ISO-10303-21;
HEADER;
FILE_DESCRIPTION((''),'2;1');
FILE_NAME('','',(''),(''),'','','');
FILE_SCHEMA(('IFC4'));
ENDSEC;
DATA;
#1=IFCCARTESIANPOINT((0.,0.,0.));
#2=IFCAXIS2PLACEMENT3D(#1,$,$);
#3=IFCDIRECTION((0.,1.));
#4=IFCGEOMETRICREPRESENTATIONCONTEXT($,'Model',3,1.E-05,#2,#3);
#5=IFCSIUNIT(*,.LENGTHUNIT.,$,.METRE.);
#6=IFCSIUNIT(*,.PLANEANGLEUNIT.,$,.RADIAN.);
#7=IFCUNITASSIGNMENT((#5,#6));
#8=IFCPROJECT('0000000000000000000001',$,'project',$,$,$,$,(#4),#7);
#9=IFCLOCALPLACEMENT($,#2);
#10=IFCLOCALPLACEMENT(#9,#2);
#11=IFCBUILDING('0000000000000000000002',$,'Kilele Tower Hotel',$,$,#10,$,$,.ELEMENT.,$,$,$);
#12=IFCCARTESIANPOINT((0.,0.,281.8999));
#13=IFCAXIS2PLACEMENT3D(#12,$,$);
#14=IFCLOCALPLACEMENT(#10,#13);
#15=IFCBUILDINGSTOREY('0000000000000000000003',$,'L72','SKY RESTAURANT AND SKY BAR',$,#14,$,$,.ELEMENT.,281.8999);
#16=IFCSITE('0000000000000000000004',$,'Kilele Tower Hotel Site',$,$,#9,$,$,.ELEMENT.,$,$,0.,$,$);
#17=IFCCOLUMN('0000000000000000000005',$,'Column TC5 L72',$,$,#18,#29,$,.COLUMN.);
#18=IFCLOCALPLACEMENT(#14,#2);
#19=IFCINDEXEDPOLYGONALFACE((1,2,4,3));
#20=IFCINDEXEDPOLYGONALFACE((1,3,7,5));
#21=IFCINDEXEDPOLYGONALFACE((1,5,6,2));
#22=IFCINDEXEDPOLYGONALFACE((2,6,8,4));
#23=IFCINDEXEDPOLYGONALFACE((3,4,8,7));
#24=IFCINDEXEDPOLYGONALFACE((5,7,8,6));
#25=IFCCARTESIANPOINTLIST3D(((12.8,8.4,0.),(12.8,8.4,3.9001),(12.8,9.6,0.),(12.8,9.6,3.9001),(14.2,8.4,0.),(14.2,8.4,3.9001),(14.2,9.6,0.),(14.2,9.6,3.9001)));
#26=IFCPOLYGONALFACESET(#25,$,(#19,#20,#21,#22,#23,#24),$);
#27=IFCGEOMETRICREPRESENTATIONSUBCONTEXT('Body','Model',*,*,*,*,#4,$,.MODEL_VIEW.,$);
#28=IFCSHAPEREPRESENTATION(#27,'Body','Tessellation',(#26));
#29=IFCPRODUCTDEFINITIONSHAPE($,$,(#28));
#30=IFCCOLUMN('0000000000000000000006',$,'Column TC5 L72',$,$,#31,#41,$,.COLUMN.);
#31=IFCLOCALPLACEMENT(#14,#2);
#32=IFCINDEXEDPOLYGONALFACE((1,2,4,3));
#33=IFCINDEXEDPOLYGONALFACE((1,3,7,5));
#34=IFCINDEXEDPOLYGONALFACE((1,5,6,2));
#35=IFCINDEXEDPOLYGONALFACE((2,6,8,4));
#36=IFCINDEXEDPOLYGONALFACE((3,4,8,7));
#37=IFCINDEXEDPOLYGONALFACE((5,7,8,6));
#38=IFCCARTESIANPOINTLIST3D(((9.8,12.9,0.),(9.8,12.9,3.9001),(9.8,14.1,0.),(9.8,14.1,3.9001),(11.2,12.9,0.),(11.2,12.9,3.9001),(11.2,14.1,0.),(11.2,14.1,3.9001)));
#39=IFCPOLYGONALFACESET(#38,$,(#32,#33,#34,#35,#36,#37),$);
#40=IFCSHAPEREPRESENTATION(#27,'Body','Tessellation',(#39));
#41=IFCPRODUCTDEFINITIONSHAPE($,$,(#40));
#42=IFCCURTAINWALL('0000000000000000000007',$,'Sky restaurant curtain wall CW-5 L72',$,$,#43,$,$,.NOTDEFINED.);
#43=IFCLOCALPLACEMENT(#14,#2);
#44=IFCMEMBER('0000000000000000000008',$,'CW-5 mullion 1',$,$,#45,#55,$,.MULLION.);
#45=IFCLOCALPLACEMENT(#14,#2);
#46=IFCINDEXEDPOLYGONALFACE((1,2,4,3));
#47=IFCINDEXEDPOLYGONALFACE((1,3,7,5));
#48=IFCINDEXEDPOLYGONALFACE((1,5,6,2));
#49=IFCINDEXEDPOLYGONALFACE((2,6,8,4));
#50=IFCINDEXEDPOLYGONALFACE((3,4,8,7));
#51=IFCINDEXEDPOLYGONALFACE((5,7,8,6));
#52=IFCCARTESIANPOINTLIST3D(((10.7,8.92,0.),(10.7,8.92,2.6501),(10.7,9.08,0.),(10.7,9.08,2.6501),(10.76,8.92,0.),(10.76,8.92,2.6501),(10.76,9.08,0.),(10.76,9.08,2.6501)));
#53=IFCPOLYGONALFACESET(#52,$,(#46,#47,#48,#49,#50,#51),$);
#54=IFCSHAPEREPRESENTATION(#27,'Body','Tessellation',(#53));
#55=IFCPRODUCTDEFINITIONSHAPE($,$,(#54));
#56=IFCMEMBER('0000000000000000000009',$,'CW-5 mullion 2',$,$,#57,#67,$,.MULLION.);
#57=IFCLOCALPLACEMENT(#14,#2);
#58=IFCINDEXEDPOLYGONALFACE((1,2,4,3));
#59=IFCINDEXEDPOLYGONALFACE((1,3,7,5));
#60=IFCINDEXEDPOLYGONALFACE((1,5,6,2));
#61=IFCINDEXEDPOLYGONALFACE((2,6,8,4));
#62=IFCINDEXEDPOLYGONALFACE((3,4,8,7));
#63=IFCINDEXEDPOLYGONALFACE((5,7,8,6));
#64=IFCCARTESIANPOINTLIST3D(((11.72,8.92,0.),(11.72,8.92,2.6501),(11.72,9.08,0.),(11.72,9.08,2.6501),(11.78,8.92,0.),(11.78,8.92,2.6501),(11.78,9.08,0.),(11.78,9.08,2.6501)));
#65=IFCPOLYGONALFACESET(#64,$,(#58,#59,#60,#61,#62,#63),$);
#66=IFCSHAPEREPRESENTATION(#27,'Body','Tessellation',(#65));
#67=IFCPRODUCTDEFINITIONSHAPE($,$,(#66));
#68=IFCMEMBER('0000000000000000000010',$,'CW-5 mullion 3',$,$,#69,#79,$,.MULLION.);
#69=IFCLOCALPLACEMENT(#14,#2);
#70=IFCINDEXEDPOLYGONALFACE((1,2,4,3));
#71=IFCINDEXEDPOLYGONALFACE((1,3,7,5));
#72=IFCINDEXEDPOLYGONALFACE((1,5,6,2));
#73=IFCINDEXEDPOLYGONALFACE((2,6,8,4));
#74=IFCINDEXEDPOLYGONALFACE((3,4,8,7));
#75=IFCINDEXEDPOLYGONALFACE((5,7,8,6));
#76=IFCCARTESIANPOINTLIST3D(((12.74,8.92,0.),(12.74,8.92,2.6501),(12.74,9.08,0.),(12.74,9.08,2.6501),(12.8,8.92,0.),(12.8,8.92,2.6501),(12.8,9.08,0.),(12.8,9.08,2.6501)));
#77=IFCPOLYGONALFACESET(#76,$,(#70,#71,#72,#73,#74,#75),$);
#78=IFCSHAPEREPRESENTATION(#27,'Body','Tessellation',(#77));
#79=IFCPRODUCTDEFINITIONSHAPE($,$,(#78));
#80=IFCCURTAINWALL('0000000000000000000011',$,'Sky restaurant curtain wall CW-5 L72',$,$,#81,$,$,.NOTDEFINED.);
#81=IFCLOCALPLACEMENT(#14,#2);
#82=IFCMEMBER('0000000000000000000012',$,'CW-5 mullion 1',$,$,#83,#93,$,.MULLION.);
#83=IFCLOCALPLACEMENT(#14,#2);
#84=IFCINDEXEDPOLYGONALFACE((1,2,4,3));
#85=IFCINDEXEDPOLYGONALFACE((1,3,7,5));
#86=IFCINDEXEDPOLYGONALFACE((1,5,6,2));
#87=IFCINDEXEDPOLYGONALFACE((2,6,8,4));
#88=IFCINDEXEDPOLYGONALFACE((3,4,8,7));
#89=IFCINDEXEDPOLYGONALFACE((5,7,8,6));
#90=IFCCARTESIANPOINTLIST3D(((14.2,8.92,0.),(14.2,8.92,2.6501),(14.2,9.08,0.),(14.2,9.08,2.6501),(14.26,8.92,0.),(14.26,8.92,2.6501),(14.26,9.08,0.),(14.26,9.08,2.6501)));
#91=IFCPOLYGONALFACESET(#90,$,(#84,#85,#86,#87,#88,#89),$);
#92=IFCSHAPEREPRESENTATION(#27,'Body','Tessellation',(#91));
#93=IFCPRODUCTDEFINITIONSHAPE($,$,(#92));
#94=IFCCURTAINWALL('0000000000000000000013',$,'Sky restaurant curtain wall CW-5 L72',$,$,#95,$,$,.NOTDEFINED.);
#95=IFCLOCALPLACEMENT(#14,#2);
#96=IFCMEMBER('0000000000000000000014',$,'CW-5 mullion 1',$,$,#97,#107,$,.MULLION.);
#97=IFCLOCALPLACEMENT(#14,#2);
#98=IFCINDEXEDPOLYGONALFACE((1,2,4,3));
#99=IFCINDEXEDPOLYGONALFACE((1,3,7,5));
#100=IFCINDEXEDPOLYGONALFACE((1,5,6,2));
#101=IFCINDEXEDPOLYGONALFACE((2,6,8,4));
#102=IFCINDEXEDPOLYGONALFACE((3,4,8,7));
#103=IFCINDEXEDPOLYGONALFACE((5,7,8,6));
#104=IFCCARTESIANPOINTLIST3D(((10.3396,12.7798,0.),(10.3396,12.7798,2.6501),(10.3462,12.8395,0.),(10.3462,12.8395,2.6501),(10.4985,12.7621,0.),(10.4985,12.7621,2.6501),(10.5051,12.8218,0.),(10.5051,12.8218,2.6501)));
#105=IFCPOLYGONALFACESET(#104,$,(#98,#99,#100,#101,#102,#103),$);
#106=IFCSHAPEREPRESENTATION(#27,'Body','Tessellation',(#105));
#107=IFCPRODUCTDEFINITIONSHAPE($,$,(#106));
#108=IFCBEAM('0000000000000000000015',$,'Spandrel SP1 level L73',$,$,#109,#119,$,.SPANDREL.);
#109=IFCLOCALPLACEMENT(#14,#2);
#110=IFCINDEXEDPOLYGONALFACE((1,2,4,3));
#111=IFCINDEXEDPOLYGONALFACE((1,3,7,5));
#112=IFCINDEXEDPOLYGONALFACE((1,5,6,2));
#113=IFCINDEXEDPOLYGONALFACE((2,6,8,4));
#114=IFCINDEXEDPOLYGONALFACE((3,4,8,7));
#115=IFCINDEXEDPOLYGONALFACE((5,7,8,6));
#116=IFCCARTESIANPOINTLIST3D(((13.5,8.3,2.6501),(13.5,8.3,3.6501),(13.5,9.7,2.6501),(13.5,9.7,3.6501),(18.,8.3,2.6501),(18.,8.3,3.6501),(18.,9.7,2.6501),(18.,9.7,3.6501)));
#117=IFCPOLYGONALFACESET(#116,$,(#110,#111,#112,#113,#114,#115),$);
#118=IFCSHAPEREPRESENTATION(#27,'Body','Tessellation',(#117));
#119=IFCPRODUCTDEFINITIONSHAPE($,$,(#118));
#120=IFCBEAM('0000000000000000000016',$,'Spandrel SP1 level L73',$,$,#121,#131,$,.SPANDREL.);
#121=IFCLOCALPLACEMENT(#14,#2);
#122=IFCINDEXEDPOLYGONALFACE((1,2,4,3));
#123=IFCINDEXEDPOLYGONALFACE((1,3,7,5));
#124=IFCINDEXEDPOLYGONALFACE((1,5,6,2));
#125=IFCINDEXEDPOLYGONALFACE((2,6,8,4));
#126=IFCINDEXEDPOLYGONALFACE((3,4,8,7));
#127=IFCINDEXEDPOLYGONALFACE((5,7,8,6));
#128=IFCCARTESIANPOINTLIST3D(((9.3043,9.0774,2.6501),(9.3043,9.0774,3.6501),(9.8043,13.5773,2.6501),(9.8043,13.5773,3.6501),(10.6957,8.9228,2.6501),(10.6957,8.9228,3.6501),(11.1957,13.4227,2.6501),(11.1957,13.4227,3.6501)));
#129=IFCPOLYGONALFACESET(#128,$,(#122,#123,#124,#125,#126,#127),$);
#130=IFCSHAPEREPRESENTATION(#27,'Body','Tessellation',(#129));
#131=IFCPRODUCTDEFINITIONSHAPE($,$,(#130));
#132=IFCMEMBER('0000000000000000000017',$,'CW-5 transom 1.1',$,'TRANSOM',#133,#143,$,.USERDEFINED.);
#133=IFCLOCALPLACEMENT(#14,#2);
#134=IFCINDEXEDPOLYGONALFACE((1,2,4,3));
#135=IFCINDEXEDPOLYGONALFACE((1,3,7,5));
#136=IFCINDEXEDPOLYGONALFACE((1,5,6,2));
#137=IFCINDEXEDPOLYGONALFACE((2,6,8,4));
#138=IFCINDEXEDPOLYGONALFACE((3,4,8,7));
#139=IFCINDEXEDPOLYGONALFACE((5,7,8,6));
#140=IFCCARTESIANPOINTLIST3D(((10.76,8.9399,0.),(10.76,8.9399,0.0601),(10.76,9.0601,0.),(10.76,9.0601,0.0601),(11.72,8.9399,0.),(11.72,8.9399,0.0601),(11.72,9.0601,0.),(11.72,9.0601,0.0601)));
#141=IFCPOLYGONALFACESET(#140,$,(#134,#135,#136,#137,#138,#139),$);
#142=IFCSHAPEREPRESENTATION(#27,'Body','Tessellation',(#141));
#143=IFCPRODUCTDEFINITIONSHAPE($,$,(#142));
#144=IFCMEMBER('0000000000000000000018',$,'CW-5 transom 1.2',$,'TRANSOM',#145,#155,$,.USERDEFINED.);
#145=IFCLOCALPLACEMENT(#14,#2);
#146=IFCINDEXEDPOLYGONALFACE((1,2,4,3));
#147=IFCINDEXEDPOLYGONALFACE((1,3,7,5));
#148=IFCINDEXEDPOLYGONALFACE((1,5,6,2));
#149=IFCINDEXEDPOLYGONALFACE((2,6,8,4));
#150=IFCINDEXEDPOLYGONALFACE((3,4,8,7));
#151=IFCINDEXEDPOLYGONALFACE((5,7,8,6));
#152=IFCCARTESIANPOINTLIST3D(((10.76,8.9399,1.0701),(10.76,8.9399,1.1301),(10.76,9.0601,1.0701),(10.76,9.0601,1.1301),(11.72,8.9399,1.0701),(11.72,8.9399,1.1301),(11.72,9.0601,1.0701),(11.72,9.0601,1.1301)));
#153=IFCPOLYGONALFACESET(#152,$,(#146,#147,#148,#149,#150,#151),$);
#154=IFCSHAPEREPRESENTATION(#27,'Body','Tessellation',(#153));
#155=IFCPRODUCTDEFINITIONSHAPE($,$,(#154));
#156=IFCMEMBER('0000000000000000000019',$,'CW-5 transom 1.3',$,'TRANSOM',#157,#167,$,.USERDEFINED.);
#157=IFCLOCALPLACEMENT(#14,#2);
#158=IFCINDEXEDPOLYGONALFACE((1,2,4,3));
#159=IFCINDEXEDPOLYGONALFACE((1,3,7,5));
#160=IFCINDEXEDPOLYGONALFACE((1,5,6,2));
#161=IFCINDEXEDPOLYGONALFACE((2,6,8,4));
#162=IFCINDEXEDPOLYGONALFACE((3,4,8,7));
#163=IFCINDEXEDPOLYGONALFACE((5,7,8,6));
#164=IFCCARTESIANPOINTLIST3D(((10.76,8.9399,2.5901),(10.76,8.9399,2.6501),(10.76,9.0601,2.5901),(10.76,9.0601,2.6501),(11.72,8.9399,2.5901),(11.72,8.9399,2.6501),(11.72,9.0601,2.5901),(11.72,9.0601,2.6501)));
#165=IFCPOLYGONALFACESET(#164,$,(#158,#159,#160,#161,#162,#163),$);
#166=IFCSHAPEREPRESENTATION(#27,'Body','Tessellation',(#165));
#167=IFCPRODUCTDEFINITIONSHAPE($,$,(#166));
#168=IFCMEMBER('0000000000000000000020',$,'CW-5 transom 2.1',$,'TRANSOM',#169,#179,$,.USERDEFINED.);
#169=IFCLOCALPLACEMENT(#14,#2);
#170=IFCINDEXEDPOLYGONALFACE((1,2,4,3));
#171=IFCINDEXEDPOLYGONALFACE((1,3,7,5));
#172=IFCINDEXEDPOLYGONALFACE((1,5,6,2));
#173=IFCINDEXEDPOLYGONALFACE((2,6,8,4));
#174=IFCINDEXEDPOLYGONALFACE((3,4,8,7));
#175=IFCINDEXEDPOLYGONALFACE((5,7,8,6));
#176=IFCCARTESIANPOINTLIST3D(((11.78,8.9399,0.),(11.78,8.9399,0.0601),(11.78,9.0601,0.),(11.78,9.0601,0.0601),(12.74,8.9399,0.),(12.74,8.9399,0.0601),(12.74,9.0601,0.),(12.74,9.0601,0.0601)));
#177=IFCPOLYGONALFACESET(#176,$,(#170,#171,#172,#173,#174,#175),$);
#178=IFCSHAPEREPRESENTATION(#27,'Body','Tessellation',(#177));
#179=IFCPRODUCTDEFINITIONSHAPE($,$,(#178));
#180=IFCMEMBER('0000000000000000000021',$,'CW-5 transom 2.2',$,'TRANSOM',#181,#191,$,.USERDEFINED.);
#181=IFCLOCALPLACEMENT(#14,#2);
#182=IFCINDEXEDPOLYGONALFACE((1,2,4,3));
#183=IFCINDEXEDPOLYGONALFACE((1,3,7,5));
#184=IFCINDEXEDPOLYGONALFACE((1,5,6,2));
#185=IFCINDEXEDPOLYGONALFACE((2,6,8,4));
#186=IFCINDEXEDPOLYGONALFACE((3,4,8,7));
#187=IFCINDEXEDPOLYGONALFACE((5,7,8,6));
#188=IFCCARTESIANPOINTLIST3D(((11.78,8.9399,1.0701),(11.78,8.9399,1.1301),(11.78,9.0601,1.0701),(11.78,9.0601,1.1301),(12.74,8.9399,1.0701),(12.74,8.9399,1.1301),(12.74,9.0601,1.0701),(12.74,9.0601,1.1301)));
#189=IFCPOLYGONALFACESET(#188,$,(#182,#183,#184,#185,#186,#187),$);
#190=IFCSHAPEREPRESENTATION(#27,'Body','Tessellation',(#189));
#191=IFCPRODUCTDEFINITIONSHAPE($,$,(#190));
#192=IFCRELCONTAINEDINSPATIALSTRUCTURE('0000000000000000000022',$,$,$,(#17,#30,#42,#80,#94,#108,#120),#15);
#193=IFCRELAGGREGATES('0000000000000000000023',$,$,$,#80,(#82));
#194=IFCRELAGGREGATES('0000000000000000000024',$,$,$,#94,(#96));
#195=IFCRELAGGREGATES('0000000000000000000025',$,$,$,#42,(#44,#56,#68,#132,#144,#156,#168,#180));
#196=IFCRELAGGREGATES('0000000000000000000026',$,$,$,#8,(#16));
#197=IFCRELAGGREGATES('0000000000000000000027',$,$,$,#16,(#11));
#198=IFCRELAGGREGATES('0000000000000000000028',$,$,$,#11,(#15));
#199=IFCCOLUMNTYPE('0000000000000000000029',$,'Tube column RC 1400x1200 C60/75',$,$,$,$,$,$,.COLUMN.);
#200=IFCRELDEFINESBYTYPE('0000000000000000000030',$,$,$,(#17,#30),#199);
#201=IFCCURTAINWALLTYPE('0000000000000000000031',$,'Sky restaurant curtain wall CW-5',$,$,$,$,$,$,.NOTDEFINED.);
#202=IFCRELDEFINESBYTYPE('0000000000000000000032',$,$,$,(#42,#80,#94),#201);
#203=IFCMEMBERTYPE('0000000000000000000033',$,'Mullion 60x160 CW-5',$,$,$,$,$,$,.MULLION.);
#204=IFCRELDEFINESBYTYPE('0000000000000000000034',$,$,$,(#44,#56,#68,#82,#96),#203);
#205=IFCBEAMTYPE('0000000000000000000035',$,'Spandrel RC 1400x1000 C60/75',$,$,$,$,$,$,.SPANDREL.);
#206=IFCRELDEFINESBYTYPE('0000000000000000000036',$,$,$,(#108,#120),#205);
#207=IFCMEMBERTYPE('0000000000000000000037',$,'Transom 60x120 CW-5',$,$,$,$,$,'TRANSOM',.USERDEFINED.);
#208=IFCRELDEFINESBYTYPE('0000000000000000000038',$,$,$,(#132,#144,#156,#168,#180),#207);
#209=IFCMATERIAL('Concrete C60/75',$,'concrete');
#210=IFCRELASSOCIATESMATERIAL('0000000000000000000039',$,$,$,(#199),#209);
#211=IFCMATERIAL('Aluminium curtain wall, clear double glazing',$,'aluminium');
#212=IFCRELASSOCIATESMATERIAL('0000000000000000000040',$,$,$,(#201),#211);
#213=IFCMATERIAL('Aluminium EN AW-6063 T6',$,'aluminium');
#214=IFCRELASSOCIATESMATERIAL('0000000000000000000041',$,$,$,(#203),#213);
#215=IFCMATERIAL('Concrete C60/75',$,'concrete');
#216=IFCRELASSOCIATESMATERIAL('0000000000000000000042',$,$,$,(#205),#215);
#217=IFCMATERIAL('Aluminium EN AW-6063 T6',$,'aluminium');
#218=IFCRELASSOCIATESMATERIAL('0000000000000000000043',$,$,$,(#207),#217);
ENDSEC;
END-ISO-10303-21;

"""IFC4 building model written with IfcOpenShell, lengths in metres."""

from ifc_helpers import new_model, si_unit, direction, frame, origin, origin_2d, place, context, subcontext, project, spatial, rectangle, extrude, material, material_profile, profile_set, type_object, element, aggregate, save


model = new_model("IFC4")

# Units and contexts
model_context = context("Model", 3, precision=1e-05, world=origin(), true_north=direction((0.0, 1.0)))
body_context = subcontext(model_context, "Body", "Model", "MODEL_VIEW")
ifc_project = project(units=[si_unit("LENGTHUNIT", "METRE"), si_unit("PLANEANGLEUNIT", "RADIAN")], contexts=[model_context])

# Site, building, storey
site_placement = place(None, origin())
site = spatial("IfcSite", under=ifc_project, at=site_placement, Name="Kilele Tower Hotel Site", CompositionType="ELEMENT", RefElevation=0.0)
building_placement = place(site_placement, origin())
building = spatial("IfcBuilding", under=site, at=building_placement, Name="Kilele Tower Hotel", CompositionType="ELEMENT")
storey_placement = place(building_placement, frame((0.0, 0.0, 281.8999)))
storey = spatial("IfcBuildingStorey", under=building, at=storey_placement, Name="L72", Description="SKY RESTAURANT AND SKY BAR", CompositionType="ELEMENT", Elevation=281.8999)

# Columns
ifc_material_1 = material(Name="Concrete C60/75", Category="concrete")
ifc_material_profile_1 = material_profile(ifc_material_1, rectangle(XDim=1.3999, YDim=1.2, at=origin_2d()))
ifc_profile_set_1 = profile_set([ifc_material_profile_1], Name="Concrete C60/75")
column_type = type_object("IfcColumnType", Name="Tube column RC 1400x1200 C60/75", PredefinedType="COLUMN", material=ifc_profile_set_1)
for number, where, z_axis, x_axis, name in (
    (1, (13.5, 9.0, 0.0), (0.0, 0.0, 1.0), (1.0, 0.0, 0.0), "Column TC5 L72"),
    (2, (10.5, 13.5, 0.0), (0.0, 0.0, 1.0), (1.0, 0.0, 0.0), "Column TC5 L72"),
):
    element("IfcColumn", number, at=place(storey_placement, frame(where, z_axis=z_axis, x_axis=x_axis)), inside=storey, type_object=column_type, Name=name, PredefinedType="COLUMN", context=body_context, shape_type="SweptSolid", body=[
        extrude(rectangle(XDim=1.3999, YDim=1.2, at=origin_2d()), origin(), (0.0, 0.0, 1.0), 3.9001),
    ])

# Curtain wall, members
ifc_material_2 = material(Name="Aluminium curtain wall, clear double glazing", Category="aluminium")
curtain_wall_type = type_object("IfcCurtainWallType", Name="Sky restaurant curtain wall CW-5", PredefinedType="NOTDEFINED", material=ifc_material_2)
curtain_wall_1_placement = place(storey_placement, origin())
curtain_wall_1 = element("IfcCurtainWall", 3, at=curtain_wall_1_placement, inside=storey, type_object=curtain_wall_type, Name="Sky restaurant curtain wall CW-5 L72", PredefinedType="NOTDEFINED")
ifc_material_3 = material(Name="Aluminium EN AW-6063 T6", Category="aluminium")
ifc_material_profile_2 = material_profile(ifc_material_3, rectangle(XDim=0.1599, YDim=0.0601, at=origin_2d()))
ifc_profile_set_2 = profile_set([ifc_material_profile_2], Name="Aluminium EN AW-6063 T6")
member_type_1 = type_object("IfcMemberType", Name="Mullion 60x160 CW-5", PredefinedType="MULLION", material=ifc_profile_set_2)
member_1_placement = place(storey_placement, frame((10.73, 9.0, 0.0), z_axis=(0.0, 0.0, 1.0), x_axis=(0.0, 1.0, 0.0)))
member_1 = element("IfcMember", 4, at=member_1_placement, type_object=member_type_1, Name="CW-5 mullion 1", PredefinedType="MULLION", context=body_context, shape_type="SweptSolid", body=[
    extrude(rectangle(XDim=0.1599, YDim=0.0601, at=origin_2d()), origin(), (0.0, 0.0, 1.0), 2.6501),
])
member_2_placement = place(storey_placement, frame((11.75, 9.0, 0.0), z_axis=(0.0, 0.0, 1.0), x_axis=(0.0, 1.0, 0.0)))
member_2 = element("IfcMember", 5, at=member_2_placement, type_object=member_type_1, Name="CW-5 mullion 2", PredefinedType="MULLION", context=body_context, shape_type="SweptSolid", body=[
    extrude(rectangle(XDim=0.1599, YDim=0.0601, at=origin_2d()), origin(), (0.0, 0.0, 1.0), 2.6501),
])
member_3_placement = place(storey_placement, frame((12.77, 9.0, 0.0), z_axis=(0.0, 0.0, 1.0), x_axis=(0.0, 1.0, 0.0)))
member_3 = element("IfcMember", 6, at=member_3_placement, type_object=member_type_1, Name="CW-5 mullion 3", PredefinedType="MULLION", context=body_context, shape_type="SweptSolid", body=[
    extrude(rectangle(XDim=0.1599, YDim=0.0601, at=origin_2d()), origin(), (0.0, 0.0, 1.0), 2.6501),
])

# Curtain walls, members
curtain_wall_2_placement = place(storey_placement, origin())
curtain_wall_2 = element("IfcCurtainWall", 7, at=curtain_wall_2_placement, inside=storey, type_object=curtain_wall_type, Name="Sky restaurant curtain wall CW-5 L72", PredefinedType="NOTDEFINED")
member_4_placement = place(storey_placement, frame((14.23, 9.0, 0.0), z_axis=(0.0, 0.0, 1.0), x_axis=(0.0, 1.0, 0.0)))
member_4 = element("IfcMember", 8, at=member_4_placement, type_object=member_type_1, Name="CW-5 mullion 1", PredefinedType="MULLION", context=body_context, shape_type="SweptSolid", body=[
    extrude(rectangle(XDim=0.1599, YDim=0.0601, at=origin_2d()), origin(), (0.0, 0.0, 1.0), 2.6501),
])
curtain_wall_3_placement = place(storey_placement, origin())
curtain_wall_3 = element("IfcCurtainWall", 9, at=curtain_wall_3_placement, inside=storey, type_object=curtain_wall_type, Name="Sky restaurant curtain wall CW-5 L72", PredefinedType="NOTDEFINED")
member_5_placement = place(storey_placement, frame((10.4224, 12.8008, 0.0), z_axis=(0.0, 0.0, 1.0), x_axis=(0.993884, -0.110432, 0.0)))
member_5 = element("IfcMember", 10, at=member_5_placement, type_object=member_type_1, Name="CW-5 mullion 1", PredefinedType="MULLION", context=body_context, shape_type="SweptSolid", body=[
    extrude(rectangle(XDim=0.1599, YDim=0.0601, at=origin_2d()), origin(), (0.0, 0.0, 1.0), 2.6501),
])

# Beams
ifc_material_4 = material(Name="Concrete C60/75", Category="concrete")
ifc_material_profile_3 = material_profile(ifc_material_4, rectangle(XDim=1.3999, YDim=1.0, at=origin_2d()))
ifc_profile_set_3 = profile_set([ifc_material_profile_3], Name="Concrete C60/75")
beam_type = type_object("IfcBeamType", Name="Spandrel RC 1400x1000 C60/75", PredefinedType="SPANDREL", material=ifc_profile_set_3)
beam_1_placement = place(storey_placement, frame((13.5, 9.0, 3.1501), z_axis=(1.0, 0.0, 0.0), x_axis=(0.0, 1.0, 0.0)))
element("IfcBeam", 11, at=beam_1_placement, inside=storey, type_object=beam_type, Name="Spandrel SP1 level L73", PredefinedType="SPANDREL", context=body_context, shape_type="SweptSolid", body=[
    extrude(rectangle(XDim=1.3999, YDim=1.0, at=origin_2d()), origin(), (0.0, 0.0, 1.0), 4.5),
])
beam_2_placement = place(storey_placement, frame((10.5, 13.5, 3.1501), z_axis=(-0.110432, -0.993884, 0.0), x_axis=(0.993884, -0.110432, 0.0)))
element("IfcBeam", 12, at=beam_2_placement, inside=storey, type_object=beam_type, Name="Spandrel SP1 level L73", PredefinedType="SPANDREL", context=body_context, shape_type="SweptSolid", body=[
    extrude(rectangle(XDim=1.3999, YDim=1.0, at=origin_2d()), origin(), (0.0, 0.0, 1.0), 4.5276),
])

# Members
ifc_material_5 = material(Name="Aluminium EN AW-6063 T6", Category="aluminium")
ifc_material_profile_4 = material_profile(ifc_material_5, rectangle(XDim=0.1201, YDim=0.0601, at=origin_2d()))
ifc_profile_set_4 = profile_set([ifc_material_profile_4], Name="Aluminium EN AW-6063 T6")
member_type_2 = type_object("IfcMemberType", Name="Transom 60x120 CW-5", ElementType="TRANSOM", PredefinedType="USERDEFINED", material=ifc_profile_set_4)
member_6_placement = place(storey_placement, frame((10.76, 9.0, 0.03), z_axis=(1.0, 0.0, 0.0), x_axis=(0.0, 1.0, 0.0)))
member_6 = element("IfcMember", 13, at=member_6_placement, type_object=member_type_2, Name="CW-5 transom 1.1", ObjectType="TRANSOM", PredefinedType="USERDEFINED", context=body_context, shape_type="SweptSolid", body=[
    extrude(rectangle(XDim=0.1201, YDim=0.0601, at=origin_2d()), origin(), (0.0, 0.0, 1.0), 0.96),
])
member_7_placement = place(storey_placement, frame((10.76, 9.0, 1.1001), z_axis=(1.0, 0.0, 0.0), x_axis=(0.0, 1.0, 0.0)))
member_7 = element("IfcMember", 14, at=member_7_placement, type_object=member_type_2, Name="CW-5 transom 1.2", ObjectType="TRANSOM", PredefinedType="USERDEFINED", context=body_context, shape_type="SweptSolid", body=[
    extrude(rectangle(XDim=0.1201, YDim=0.0601, at=origin_2d()), origin(), (0.0, 0.0, 1.0), 0.96),
])
member_8_placement = place(storey_placement, frame((10.76, 9.0, 2.6201), z_axis=(1.0, 0.0, 0.0), x_axis=(0.0, 1.0, 0.0)))
member_8 = element("IfcMember", 15, at=member_8_placement, type_object=member_type_2, Name="CW-5 transom 1.3", ObjectType="TRANSOM", PredefinedType="USERDEFINED", context=body_context, shape_type="SweptSolid", body=[
    extrude(rectangle(XDim=0.1201, YDim=0.0601, at=origin_2d()), origin(), (0.0, 0.0, 1.0), 0.96),
])
member_9_placement = place(storey_placement, frame((11.78, 9.0, 0.03), z_axis=(1.0, 0.0, 0.0), x_axis=(0.0, 1.0, 0.0)))
member_9 = element("IfcMember", 16, at=member_9_placement, type_object=member_type_2, Name="CW-5 transom 2.1", ObjectType="TRANSOM", PredefinedType="USERDEFINED", context=body_context, shape_type="SweptSolid", body=[
    extrude(rectangle(XDim=0.1201, YDim=0.0601, at=origin_2d()), origin(), (0.0, 0.0, 1.0), 0.96),
])
member_10_placement = place(storey_placement, frame((11.78, 9.0, 1.1001), z_axis=(1.0, 0.0, 0.0), x_axis=(0.0, 1.0, 0.0)))
member_10 = element("IfcMember", 17, at=member_10_placement, type_object=member_type_2, Name="CW-5 transom 2.2", ObjectType="TRANSOM", PredefinedType="USERDEFINED", context=body_context, shape_type="SweptSolid", body=[
    extrude(rectangle(XDim=0.1201, YDim=0.0601, at=origin_2d()), origin(), (0.0, 0.0, 1.0), 0.96),
])
aggregate(curtain_wall_2, [member_4])
aggregate(curtain_wall_3, [member_5])

aggregate(curtain_wall_1, [member_1, member_2, member_3, member_6, member_7, member_8, member_9, member_10])

save(model, "model.ifc")
